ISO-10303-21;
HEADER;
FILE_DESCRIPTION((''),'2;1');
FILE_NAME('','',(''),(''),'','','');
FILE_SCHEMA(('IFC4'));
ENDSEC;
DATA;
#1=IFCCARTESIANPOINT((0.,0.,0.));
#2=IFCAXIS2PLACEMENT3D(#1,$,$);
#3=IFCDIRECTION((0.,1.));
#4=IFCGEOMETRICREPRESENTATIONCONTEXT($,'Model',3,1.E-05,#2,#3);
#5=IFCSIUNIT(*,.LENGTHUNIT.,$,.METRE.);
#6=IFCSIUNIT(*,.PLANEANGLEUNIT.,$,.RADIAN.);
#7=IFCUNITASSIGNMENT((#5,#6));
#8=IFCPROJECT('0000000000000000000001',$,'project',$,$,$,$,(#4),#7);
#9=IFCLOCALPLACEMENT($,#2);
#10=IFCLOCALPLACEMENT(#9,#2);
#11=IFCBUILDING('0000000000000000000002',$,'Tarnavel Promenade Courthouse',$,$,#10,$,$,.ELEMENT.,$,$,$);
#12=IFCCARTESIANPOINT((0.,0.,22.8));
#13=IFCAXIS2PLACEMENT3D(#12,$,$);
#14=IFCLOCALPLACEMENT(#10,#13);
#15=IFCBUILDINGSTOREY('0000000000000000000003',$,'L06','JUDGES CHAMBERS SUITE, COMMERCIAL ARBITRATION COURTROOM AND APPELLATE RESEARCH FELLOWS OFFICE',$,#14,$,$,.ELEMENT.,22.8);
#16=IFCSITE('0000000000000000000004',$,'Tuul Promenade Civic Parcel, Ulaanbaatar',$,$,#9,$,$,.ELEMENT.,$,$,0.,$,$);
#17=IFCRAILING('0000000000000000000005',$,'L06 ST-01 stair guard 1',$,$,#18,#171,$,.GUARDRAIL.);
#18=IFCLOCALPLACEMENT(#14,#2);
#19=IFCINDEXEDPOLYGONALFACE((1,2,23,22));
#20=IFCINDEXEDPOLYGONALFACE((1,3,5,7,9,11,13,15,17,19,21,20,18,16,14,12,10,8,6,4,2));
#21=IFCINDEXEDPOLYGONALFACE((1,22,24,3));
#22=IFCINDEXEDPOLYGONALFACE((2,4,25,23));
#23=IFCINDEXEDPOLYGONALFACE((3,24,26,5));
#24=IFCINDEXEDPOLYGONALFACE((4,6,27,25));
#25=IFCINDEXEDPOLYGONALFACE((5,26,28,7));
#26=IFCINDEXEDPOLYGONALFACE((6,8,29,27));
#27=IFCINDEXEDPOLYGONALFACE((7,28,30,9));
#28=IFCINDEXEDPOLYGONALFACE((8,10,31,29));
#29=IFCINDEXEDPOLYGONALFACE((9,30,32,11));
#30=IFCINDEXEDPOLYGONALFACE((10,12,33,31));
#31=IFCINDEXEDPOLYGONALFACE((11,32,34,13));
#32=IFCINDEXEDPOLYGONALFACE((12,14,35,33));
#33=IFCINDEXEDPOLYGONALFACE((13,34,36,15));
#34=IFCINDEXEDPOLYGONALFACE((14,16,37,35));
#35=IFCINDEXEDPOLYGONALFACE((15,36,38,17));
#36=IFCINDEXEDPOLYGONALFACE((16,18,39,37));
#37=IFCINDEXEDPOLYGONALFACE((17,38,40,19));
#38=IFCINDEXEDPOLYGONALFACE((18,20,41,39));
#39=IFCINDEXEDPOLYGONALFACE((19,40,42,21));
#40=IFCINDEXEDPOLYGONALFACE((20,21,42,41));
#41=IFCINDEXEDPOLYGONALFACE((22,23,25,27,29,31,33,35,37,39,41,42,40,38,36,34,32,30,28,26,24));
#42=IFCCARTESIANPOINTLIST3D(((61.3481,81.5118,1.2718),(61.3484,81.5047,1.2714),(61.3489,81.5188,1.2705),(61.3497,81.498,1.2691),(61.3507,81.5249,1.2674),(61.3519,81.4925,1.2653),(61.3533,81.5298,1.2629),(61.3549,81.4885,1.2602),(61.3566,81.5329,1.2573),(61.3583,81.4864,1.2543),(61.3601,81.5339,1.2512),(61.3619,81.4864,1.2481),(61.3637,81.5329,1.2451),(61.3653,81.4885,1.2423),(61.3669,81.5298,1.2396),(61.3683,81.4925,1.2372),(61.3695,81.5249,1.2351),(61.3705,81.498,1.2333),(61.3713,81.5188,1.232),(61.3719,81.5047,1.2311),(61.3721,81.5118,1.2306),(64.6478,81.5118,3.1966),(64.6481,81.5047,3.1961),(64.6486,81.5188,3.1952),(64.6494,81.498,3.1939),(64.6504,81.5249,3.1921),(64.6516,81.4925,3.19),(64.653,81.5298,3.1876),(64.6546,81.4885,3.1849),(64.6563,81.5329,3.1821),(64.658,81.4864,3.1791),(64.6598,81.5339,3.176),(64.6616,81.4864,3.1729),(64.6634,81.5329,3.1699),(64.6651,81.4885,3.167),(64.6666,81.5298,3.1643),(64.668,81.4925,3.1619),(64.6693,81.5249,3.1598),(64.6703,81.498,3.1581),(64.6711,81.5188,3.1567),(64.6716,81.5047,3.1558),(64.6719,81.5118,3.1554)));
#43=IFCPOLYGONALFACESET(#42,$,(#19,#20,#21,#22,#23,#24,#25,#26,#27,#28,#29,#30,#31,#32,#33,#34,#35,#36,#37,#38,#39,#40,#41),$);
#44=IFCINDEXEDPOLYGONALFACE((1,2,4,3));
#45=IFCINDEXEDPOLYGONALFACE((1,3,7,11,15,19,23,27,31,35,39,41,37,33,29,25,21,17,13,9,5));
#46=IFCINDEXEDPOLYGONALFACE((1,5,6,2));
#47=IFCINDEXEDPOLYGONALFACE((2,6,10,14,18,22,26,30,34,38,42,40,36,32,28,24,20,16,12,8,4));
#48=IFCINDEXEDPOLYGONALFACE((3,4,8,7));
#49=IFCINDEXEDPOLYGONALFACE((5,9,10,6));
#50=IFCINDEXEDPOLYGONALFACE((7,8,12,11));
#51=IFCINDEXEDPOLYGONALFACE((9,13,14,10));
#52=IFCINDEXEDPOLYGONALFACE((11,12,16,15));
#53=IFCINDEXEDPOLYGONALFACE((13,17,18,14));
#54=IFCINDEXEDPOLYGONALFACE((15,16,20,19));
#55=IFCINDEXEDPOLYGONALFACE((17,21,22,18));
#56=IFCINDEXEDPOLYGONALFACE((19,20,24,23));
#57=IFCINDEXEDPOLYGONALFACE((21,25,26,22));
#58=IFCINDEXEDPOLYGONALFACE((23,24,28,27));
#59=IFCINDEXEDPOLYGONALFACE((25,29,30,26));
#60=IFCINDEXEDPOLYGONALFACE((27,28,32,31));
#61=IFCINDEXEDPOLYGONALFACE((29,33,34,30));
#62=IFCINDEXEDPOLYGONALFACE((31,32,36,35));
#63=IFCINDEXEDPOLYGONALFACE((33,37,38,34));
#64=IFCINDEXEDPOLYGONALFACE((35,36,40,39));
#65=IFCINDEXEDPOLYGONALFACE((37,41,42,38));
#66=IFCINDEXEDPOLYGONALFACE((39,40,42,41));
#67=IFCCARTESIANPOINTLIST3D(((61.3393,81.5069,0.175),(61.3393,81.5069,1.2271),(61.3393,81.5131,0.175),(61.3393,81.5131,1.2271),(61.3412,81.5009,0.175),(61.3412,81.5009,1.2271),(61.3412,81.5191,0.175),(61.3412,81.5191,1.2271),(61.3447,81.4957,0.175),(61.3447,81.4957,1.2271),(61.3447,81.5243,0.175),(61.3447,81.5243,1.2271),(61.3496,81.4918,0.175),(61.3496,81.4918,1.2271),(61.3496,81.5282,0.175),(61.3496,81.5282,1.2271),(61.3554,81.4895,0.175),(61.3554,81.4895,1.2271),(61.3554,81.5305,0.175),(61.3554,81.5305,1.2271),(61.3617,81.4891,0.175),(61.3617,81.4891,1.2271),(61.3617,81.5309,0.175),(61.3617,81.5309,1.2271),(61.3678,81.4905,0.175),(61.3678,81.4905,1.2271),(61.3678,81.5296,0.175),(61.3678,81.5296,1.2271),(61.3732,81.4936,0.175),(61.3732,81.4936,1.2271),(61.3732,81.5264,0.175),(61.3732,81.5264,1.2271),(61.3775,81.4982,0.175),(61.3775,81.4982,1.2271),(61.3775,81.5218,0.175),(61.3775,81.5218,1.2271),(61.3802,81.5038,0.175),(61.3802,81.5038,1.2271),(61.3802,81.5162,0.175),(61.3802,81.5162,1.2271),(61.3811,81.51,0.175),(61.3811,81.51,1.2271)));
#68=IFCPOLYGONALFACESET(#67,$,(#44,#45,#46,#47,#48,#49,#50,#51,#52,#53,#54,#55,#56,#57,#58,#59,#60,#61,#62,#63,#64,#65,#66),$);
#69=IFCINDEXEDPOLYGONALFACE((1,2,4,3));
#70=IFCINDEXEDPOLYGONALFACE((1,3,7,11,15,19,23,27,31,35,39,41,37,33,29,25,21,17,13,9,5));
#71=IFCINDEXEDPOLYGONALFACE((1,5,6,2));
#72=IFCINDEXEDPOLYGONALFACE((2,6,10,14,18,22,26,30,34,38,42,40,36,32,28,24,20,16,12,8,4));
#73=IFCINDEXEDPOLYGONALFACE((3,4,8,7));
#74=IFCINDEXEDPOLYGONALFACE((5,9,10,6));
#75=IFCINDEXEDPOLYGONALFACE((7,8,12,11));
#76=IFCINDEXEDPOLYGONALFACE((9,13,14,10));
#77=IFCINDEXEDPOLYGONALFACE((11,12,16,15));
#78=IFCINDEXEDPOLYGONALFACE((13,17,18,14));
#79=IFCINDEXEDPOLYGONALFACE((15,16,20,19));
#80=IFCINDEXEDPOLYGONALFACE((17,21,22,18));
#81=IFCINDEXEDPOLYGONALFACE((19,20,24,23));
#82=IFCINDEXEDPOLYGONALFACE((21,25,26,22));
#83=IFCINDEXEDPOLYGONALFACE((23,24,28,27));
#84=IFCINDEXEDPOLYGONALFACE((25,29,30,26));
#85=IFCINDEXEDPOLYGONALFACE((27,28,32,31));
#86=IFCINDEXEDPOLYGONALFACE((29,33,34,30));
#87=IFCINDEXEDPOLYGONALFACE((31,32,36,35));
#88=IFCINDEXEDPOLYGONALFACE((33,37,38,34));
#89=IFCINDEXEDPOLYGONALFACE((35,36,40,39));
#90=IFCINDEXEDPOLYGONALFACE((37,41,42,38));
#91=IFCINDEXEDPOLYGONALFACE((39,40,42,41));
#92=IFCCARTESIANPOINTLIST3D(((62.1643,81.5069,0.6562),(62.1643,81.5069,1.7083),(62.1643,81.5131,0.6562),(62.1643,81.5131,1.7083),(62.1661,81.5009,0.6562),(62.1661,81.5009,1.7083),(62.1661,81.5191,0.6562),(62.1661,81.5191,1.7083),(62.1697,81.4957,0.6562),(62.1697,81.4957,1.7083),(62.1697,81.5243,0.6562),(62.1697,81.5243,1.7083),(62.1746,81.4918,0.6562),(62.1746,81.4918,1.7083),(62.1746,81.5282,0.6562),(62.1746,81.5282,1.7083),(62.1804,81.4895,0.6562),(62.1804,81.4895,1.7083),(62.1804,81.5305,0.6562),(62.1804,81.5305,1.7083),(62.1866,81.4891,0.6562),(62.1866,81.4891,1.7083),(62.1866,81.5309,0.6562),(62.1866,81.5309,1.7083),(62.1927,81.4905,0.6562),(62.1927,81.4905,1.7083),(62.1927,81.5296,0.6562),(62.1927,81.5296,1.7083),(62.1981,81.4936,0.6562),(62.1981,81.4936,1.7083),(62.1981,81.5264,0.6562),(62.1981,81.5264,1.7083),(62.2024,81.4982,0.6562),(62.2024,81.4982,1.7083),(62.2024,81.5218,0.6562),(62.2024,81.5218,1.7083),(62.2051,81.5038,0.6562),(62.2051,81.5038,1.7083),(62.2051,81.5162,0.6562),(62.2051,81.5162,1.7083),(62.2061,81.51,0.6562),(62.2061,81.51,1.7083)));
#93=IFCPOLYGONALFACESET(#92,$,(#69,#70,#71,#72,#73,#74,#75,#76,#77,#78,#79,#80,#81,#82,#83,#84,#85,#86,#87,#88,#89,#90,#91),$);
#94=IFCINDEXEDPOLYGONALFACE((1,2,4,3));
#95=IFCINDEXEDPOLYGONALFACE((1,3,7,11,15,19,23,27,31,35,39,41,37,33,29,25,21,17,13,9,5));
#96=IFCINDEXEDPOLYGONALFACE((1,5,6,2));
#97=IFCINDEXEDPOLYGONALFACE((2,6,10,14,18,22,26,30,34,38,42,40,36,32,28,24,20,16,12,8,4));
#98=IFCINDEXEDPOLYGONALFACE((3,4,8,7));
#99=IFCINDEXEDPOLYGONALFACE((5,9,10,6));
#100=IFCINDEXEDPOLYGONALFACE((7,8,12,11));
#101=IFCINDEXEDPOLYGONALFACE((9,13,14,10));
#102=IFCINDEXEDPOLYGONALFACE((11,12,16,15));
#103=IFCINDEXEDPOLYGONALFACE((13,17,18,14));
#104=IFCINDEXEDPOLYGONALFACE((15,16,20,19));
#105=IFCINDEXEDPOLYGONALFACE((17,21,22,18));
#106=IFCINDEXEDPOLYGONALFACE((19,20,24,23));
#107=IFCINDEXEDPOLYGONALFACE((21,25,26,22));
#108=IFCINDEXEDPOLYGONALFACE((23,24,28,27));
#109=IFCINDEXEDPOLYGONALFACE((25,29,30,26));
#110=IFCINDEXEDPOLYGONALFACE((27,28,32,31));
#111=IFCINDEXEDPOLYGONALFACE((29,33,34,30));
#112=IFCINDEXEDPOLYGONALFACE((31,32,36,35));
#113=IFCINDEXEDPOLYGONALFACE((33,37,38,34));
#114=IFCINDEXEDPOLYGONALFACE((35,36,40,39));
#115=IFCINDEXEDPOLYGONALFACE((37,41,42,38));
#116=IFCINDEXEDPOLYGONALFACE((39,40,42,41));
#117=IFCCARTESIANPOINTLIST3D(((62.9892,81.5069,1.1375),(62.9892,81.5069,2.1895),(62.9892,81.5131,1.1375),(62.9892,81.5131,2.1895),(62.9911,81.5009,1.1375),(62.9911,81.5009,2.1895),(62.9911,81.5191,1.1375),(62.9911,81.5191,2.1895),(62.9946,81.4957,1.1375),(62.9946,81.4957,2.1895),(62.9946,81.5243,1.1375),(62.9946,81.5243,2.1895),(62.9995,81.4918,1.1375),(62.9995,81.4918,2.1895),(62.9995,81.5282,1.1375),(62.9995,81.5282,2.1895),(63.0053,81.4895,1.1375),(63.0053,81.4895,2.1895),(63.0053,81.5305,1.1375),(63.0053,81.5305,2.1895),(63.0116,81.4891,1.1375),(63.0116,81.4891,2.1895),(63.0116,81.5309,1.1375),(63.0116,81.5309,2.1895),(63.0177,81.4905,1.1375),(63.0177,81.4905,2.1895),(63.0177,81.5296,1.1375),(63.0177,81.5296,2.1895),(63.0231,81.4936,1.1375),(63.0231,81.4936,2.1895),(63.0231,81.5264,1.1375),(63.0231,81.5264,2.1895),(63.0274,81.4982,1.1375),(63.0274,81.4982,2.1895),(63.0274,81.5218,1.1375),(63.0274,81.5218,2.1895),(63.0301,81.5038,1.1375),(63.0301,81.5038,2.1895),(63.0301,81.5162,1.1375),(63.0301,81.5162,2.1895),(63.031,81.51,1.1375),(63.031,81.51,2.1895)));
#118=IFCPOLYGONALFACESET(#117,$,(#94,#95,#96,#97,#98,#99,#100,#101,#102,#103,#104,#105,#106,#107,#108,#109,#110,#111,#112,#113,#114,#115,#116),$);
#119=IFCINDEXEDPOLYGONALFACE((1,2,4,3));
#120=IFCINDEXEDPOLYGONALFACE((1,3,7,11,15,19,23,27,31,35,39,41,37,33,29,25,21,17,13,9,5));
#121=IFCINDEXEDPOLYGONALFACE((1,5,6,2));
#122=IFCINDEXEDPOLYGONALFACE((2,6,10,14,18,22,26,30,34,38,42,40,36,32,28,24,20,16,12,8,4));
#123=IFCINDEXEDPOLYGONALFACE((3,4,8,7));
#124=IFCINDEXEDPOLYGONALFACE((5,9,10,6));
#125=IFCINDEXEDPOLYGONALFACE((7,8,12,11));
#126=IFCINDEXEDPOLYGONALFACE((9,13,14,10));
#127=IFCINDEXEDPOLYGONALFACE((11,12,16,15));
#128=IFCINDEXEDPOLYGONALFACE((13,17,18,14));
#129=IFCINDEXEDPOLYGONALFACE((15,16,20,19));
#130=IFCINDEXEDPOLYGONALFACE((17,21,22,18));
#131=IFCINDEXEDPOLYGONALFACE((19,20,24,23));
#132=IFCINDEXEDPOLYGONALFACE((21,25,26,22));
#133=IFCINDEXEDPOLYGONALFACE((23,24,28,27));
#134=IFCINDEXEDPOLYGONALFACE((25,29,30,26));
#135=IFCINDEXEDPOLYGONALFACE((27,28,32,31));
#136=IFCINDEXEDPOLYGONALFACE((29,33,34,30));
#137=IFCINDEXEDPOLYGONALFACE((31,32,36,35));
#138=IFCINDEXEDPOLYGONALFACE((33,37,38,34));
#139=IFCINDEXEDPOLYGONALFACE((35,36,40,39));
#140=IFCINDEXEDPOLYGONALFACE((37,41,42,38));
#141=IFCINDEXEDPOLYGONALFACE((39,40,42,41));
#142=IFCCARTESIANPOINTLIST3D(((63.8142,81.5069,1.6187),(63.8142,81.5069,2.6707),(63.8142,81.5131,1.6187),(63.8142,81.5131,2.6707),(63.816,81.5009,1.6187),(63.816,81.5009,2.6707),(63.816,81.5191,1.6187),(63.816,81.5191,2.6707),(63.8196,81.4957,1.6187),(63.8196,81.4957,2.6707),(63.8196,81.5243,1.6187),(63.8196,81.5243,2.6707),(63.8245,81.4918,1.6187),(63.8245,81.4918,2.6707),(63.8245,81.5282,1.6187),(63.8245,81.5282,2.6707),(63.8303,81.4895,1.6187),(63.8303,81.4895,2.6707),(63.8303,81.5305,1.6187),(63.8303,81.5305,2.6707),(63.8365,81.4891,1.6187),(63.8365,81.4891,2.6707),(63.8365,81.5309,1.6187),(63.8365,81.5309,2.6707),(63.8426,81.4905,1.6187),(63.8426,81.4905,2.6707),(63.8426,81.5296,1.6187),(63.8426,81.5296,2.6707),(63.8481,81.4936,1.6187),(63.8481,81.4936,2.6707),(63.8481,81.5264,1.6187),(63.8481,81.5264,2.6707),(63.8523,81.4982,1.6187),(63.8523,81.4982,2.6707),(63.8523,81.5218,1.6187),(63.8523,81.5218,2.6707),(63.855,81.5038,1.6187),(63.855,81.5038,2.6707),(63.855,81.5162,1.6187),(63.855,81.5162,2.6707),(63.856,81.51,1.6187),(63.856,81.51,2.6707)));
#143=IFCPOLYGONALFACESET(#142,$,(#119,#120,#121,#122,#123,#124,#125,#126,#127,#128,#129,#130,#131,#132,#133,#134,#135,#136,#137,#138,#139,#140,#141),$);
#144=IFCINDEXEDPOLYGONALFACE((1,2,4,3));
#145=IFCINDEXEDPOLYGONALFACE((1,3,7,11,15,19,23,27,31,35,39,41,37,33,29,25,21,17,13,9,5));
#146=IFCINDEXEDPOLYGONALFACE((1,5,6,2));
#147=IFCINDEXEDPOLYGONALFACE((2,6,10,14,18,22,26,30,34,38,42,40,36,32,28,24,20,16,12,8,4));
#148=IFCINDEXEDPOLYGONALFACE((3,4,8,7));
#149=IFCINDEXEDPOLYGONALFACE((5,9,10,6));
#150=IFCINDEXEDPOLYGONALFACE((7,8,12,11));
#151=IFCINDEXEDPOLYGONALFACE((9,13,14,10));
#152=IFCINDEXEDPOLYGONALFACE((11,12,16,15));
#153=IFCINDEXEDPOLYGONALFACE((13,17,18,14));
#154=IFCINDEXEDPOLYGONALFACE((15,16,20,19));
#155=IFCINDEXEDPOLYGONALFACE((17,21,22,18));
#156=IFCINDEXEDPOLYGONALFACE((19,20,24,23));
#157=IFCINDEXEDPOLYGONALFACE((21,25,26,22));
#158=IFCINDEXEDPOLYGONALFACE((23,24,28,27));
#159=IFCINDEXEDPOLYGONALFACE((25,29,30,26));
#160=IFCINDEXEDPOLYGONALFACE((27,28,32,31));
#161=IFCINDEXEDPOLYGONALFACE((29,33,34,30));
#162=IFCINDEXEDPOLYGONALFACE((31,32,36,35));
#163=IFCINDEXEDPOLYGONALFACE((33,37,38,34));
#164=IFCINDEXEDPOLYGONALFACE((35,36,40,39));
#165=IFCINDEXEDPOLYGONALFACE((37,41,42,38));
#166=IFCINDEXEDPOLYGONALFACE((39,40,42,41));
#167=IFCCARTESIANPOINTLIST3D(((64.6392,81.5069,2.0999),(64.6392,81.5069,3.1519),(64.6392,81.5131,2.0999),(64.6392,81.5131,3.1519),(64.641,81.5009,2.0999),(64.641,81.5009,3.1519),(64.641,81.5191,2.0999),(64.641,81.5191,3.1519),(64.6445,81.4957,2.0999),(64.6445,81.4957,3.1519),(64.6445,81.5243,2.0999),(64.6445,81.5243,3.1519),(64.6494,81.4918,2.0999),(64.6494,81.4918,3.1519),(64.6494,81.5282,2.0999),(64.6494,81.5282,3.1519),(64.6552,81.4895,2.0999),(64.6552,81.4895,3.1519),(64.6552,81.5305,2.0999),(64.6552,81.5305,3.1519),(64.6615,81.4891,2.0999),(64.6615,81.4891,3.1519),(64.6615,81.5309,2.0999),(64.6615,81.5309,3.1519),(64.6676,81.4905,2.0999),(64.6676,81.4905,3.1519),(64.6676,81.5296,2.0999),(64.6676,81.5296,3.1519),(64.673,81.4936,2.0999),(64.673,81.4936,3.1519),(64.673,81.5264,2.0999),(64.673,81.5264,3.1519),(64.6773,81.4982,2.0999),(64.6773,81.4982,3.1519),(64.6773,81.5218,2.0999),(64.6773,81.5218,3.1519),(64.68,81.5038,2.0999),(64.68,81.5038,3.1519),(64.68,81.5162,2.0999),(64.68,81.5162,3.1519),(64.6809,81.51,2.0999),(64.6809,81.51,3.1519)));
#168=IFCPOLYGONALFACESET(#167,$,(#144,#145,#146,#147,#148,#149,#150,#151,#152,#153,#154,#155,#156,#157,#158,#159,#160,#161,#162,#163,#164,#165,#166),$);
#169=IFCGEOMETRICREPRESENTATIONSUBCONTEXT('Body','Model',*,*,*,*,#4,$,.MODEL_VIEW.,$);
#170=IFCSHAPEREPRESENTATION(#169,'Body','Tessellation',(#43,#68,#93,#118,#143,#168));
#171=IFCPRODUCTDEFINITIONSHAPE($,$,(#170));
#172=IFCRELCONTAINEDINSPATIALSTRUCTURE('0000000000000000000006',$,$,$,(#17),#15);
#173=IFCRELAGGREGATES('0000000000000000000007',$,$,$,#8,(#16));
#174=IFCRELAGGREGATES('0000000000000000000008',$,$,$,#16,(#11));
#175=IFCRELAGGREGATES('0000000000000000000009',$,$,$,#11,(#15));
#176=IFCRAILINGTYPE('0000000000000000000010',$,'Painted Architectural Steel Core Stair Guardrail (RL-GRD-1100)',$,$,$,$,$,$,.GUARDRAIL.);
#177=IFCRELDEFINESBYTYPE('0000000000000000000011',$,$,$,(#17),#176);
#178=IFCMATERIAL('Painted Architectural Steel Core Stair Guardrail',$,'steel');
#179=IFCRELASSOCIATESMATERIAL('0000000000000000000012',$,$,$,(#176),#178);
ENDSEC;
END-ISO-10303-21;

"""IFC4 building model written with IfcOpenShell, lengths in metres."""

from ifc_helpers import new_model, si_unit, direction, frame, origin, origin_2d, place, context, subcontext, project, spatial, circle, extrude, material, type_object, element, save


model = new_model("IFC4")

# Units and contexts
model_context = context("Model", 3, precision=1e-05, world=origin(), true_north=direction((0.0, 1.0)))
body_context = subcontext(model_context, "Body", "Model", "MODEL_VIEW")
ifc_project = project(units=[si_unit("LENGTHUNIT", "METRE"), si_unit("PLANEANGLEUNIT", "RADIAN")], contexts=[model_context])

# Site, building, storey
site_placement = place(None, origin())
site = spatial("IfcSite", under=ifc_project, at=site_placement, Name="Tuul Promenade Civic Parcel, Ulaanbaatar", CompositionType="ELEMENT", RefElevation=0.0)
building_placement = place(site_placement, origin())
building = spatial("IfcBuilding", under=site, at=building_placement, Name="Tarnavel Promenade Courthouse", CompositionType="ELEMENT")
storey_placement = place(building_placement, frame((0.0, 0.0, 22.8)))
storey = spatial("IfcBuildingStorey", under=building, at=storey_placement, Name="L06", Description="JUDGES CHAMBERS SUITE, COMMERCIAL ARBITRATION COURTROOM AND APPELLATE RESEARCH FELLOWS OFFICE", CompositionType="ELEMENT", Elevation=22.8)

# Railing
ifc_material_1 = material(Name="Painted Architectural Steel Core Stair Guardrail", Category="steel")
railing_type_1 = type_object("IfcRailingType", Name="Painted Architectural Steel Core Stair Guardrail (RL-GRD-1100)", PredefinedType="GUARDRAIL", material=ifc_material_1)
railing_1_placement = place(storey_placement, frame((61.3601, 81.51, 0.175)))
element("IfcRailing", 1, at=railing_1_placement, inside=storey, type_object=railing_type_1, Name="L06 ST-01 stair guard 1", PredefinedType="GUARDRAIL", context=body_context, shape_type="SweptSolid", body=[
    extrude(circle(Radius=0.0239, at=origin_2d()), frame((0.0, 0.0, 1.0762), z_axis=(0.863788, 0.0, 0.503855), x_axis=(0.0, 1.0, 0.0)), (0.0, 0.0, 1.0), 3.8201),
    extrude(circle(Radius=0.021, at=origin_2d()), origin(), (0.0, 0.0, 1.0), 1.052),
    extrude(circle(Radius=0.021, at=origin_2d()), frame((0.825, 0.0, 0.4812)), (0.0, 0.0, 1.0), 1.052),
    extrude(circle(Radius=0.021, at=origin_2d()), frame((1.6499, 0.0, 0.9624)), (0.0, 0.0, 1.0), 1.052),
    extrude(circle(Radius=0.021, at=origin_2d()), frame((2.4749, 0.0, 1.4436)), (0.0, 0.0, 1.0), 1.052),
    extrude(circle(Radius=0.021, at=origin_2d()), frame((3.2998, 0.0, 1.9248)), (0.0, 0.0, 1.0), 1.052),
])

save(model, "model.ifc")
